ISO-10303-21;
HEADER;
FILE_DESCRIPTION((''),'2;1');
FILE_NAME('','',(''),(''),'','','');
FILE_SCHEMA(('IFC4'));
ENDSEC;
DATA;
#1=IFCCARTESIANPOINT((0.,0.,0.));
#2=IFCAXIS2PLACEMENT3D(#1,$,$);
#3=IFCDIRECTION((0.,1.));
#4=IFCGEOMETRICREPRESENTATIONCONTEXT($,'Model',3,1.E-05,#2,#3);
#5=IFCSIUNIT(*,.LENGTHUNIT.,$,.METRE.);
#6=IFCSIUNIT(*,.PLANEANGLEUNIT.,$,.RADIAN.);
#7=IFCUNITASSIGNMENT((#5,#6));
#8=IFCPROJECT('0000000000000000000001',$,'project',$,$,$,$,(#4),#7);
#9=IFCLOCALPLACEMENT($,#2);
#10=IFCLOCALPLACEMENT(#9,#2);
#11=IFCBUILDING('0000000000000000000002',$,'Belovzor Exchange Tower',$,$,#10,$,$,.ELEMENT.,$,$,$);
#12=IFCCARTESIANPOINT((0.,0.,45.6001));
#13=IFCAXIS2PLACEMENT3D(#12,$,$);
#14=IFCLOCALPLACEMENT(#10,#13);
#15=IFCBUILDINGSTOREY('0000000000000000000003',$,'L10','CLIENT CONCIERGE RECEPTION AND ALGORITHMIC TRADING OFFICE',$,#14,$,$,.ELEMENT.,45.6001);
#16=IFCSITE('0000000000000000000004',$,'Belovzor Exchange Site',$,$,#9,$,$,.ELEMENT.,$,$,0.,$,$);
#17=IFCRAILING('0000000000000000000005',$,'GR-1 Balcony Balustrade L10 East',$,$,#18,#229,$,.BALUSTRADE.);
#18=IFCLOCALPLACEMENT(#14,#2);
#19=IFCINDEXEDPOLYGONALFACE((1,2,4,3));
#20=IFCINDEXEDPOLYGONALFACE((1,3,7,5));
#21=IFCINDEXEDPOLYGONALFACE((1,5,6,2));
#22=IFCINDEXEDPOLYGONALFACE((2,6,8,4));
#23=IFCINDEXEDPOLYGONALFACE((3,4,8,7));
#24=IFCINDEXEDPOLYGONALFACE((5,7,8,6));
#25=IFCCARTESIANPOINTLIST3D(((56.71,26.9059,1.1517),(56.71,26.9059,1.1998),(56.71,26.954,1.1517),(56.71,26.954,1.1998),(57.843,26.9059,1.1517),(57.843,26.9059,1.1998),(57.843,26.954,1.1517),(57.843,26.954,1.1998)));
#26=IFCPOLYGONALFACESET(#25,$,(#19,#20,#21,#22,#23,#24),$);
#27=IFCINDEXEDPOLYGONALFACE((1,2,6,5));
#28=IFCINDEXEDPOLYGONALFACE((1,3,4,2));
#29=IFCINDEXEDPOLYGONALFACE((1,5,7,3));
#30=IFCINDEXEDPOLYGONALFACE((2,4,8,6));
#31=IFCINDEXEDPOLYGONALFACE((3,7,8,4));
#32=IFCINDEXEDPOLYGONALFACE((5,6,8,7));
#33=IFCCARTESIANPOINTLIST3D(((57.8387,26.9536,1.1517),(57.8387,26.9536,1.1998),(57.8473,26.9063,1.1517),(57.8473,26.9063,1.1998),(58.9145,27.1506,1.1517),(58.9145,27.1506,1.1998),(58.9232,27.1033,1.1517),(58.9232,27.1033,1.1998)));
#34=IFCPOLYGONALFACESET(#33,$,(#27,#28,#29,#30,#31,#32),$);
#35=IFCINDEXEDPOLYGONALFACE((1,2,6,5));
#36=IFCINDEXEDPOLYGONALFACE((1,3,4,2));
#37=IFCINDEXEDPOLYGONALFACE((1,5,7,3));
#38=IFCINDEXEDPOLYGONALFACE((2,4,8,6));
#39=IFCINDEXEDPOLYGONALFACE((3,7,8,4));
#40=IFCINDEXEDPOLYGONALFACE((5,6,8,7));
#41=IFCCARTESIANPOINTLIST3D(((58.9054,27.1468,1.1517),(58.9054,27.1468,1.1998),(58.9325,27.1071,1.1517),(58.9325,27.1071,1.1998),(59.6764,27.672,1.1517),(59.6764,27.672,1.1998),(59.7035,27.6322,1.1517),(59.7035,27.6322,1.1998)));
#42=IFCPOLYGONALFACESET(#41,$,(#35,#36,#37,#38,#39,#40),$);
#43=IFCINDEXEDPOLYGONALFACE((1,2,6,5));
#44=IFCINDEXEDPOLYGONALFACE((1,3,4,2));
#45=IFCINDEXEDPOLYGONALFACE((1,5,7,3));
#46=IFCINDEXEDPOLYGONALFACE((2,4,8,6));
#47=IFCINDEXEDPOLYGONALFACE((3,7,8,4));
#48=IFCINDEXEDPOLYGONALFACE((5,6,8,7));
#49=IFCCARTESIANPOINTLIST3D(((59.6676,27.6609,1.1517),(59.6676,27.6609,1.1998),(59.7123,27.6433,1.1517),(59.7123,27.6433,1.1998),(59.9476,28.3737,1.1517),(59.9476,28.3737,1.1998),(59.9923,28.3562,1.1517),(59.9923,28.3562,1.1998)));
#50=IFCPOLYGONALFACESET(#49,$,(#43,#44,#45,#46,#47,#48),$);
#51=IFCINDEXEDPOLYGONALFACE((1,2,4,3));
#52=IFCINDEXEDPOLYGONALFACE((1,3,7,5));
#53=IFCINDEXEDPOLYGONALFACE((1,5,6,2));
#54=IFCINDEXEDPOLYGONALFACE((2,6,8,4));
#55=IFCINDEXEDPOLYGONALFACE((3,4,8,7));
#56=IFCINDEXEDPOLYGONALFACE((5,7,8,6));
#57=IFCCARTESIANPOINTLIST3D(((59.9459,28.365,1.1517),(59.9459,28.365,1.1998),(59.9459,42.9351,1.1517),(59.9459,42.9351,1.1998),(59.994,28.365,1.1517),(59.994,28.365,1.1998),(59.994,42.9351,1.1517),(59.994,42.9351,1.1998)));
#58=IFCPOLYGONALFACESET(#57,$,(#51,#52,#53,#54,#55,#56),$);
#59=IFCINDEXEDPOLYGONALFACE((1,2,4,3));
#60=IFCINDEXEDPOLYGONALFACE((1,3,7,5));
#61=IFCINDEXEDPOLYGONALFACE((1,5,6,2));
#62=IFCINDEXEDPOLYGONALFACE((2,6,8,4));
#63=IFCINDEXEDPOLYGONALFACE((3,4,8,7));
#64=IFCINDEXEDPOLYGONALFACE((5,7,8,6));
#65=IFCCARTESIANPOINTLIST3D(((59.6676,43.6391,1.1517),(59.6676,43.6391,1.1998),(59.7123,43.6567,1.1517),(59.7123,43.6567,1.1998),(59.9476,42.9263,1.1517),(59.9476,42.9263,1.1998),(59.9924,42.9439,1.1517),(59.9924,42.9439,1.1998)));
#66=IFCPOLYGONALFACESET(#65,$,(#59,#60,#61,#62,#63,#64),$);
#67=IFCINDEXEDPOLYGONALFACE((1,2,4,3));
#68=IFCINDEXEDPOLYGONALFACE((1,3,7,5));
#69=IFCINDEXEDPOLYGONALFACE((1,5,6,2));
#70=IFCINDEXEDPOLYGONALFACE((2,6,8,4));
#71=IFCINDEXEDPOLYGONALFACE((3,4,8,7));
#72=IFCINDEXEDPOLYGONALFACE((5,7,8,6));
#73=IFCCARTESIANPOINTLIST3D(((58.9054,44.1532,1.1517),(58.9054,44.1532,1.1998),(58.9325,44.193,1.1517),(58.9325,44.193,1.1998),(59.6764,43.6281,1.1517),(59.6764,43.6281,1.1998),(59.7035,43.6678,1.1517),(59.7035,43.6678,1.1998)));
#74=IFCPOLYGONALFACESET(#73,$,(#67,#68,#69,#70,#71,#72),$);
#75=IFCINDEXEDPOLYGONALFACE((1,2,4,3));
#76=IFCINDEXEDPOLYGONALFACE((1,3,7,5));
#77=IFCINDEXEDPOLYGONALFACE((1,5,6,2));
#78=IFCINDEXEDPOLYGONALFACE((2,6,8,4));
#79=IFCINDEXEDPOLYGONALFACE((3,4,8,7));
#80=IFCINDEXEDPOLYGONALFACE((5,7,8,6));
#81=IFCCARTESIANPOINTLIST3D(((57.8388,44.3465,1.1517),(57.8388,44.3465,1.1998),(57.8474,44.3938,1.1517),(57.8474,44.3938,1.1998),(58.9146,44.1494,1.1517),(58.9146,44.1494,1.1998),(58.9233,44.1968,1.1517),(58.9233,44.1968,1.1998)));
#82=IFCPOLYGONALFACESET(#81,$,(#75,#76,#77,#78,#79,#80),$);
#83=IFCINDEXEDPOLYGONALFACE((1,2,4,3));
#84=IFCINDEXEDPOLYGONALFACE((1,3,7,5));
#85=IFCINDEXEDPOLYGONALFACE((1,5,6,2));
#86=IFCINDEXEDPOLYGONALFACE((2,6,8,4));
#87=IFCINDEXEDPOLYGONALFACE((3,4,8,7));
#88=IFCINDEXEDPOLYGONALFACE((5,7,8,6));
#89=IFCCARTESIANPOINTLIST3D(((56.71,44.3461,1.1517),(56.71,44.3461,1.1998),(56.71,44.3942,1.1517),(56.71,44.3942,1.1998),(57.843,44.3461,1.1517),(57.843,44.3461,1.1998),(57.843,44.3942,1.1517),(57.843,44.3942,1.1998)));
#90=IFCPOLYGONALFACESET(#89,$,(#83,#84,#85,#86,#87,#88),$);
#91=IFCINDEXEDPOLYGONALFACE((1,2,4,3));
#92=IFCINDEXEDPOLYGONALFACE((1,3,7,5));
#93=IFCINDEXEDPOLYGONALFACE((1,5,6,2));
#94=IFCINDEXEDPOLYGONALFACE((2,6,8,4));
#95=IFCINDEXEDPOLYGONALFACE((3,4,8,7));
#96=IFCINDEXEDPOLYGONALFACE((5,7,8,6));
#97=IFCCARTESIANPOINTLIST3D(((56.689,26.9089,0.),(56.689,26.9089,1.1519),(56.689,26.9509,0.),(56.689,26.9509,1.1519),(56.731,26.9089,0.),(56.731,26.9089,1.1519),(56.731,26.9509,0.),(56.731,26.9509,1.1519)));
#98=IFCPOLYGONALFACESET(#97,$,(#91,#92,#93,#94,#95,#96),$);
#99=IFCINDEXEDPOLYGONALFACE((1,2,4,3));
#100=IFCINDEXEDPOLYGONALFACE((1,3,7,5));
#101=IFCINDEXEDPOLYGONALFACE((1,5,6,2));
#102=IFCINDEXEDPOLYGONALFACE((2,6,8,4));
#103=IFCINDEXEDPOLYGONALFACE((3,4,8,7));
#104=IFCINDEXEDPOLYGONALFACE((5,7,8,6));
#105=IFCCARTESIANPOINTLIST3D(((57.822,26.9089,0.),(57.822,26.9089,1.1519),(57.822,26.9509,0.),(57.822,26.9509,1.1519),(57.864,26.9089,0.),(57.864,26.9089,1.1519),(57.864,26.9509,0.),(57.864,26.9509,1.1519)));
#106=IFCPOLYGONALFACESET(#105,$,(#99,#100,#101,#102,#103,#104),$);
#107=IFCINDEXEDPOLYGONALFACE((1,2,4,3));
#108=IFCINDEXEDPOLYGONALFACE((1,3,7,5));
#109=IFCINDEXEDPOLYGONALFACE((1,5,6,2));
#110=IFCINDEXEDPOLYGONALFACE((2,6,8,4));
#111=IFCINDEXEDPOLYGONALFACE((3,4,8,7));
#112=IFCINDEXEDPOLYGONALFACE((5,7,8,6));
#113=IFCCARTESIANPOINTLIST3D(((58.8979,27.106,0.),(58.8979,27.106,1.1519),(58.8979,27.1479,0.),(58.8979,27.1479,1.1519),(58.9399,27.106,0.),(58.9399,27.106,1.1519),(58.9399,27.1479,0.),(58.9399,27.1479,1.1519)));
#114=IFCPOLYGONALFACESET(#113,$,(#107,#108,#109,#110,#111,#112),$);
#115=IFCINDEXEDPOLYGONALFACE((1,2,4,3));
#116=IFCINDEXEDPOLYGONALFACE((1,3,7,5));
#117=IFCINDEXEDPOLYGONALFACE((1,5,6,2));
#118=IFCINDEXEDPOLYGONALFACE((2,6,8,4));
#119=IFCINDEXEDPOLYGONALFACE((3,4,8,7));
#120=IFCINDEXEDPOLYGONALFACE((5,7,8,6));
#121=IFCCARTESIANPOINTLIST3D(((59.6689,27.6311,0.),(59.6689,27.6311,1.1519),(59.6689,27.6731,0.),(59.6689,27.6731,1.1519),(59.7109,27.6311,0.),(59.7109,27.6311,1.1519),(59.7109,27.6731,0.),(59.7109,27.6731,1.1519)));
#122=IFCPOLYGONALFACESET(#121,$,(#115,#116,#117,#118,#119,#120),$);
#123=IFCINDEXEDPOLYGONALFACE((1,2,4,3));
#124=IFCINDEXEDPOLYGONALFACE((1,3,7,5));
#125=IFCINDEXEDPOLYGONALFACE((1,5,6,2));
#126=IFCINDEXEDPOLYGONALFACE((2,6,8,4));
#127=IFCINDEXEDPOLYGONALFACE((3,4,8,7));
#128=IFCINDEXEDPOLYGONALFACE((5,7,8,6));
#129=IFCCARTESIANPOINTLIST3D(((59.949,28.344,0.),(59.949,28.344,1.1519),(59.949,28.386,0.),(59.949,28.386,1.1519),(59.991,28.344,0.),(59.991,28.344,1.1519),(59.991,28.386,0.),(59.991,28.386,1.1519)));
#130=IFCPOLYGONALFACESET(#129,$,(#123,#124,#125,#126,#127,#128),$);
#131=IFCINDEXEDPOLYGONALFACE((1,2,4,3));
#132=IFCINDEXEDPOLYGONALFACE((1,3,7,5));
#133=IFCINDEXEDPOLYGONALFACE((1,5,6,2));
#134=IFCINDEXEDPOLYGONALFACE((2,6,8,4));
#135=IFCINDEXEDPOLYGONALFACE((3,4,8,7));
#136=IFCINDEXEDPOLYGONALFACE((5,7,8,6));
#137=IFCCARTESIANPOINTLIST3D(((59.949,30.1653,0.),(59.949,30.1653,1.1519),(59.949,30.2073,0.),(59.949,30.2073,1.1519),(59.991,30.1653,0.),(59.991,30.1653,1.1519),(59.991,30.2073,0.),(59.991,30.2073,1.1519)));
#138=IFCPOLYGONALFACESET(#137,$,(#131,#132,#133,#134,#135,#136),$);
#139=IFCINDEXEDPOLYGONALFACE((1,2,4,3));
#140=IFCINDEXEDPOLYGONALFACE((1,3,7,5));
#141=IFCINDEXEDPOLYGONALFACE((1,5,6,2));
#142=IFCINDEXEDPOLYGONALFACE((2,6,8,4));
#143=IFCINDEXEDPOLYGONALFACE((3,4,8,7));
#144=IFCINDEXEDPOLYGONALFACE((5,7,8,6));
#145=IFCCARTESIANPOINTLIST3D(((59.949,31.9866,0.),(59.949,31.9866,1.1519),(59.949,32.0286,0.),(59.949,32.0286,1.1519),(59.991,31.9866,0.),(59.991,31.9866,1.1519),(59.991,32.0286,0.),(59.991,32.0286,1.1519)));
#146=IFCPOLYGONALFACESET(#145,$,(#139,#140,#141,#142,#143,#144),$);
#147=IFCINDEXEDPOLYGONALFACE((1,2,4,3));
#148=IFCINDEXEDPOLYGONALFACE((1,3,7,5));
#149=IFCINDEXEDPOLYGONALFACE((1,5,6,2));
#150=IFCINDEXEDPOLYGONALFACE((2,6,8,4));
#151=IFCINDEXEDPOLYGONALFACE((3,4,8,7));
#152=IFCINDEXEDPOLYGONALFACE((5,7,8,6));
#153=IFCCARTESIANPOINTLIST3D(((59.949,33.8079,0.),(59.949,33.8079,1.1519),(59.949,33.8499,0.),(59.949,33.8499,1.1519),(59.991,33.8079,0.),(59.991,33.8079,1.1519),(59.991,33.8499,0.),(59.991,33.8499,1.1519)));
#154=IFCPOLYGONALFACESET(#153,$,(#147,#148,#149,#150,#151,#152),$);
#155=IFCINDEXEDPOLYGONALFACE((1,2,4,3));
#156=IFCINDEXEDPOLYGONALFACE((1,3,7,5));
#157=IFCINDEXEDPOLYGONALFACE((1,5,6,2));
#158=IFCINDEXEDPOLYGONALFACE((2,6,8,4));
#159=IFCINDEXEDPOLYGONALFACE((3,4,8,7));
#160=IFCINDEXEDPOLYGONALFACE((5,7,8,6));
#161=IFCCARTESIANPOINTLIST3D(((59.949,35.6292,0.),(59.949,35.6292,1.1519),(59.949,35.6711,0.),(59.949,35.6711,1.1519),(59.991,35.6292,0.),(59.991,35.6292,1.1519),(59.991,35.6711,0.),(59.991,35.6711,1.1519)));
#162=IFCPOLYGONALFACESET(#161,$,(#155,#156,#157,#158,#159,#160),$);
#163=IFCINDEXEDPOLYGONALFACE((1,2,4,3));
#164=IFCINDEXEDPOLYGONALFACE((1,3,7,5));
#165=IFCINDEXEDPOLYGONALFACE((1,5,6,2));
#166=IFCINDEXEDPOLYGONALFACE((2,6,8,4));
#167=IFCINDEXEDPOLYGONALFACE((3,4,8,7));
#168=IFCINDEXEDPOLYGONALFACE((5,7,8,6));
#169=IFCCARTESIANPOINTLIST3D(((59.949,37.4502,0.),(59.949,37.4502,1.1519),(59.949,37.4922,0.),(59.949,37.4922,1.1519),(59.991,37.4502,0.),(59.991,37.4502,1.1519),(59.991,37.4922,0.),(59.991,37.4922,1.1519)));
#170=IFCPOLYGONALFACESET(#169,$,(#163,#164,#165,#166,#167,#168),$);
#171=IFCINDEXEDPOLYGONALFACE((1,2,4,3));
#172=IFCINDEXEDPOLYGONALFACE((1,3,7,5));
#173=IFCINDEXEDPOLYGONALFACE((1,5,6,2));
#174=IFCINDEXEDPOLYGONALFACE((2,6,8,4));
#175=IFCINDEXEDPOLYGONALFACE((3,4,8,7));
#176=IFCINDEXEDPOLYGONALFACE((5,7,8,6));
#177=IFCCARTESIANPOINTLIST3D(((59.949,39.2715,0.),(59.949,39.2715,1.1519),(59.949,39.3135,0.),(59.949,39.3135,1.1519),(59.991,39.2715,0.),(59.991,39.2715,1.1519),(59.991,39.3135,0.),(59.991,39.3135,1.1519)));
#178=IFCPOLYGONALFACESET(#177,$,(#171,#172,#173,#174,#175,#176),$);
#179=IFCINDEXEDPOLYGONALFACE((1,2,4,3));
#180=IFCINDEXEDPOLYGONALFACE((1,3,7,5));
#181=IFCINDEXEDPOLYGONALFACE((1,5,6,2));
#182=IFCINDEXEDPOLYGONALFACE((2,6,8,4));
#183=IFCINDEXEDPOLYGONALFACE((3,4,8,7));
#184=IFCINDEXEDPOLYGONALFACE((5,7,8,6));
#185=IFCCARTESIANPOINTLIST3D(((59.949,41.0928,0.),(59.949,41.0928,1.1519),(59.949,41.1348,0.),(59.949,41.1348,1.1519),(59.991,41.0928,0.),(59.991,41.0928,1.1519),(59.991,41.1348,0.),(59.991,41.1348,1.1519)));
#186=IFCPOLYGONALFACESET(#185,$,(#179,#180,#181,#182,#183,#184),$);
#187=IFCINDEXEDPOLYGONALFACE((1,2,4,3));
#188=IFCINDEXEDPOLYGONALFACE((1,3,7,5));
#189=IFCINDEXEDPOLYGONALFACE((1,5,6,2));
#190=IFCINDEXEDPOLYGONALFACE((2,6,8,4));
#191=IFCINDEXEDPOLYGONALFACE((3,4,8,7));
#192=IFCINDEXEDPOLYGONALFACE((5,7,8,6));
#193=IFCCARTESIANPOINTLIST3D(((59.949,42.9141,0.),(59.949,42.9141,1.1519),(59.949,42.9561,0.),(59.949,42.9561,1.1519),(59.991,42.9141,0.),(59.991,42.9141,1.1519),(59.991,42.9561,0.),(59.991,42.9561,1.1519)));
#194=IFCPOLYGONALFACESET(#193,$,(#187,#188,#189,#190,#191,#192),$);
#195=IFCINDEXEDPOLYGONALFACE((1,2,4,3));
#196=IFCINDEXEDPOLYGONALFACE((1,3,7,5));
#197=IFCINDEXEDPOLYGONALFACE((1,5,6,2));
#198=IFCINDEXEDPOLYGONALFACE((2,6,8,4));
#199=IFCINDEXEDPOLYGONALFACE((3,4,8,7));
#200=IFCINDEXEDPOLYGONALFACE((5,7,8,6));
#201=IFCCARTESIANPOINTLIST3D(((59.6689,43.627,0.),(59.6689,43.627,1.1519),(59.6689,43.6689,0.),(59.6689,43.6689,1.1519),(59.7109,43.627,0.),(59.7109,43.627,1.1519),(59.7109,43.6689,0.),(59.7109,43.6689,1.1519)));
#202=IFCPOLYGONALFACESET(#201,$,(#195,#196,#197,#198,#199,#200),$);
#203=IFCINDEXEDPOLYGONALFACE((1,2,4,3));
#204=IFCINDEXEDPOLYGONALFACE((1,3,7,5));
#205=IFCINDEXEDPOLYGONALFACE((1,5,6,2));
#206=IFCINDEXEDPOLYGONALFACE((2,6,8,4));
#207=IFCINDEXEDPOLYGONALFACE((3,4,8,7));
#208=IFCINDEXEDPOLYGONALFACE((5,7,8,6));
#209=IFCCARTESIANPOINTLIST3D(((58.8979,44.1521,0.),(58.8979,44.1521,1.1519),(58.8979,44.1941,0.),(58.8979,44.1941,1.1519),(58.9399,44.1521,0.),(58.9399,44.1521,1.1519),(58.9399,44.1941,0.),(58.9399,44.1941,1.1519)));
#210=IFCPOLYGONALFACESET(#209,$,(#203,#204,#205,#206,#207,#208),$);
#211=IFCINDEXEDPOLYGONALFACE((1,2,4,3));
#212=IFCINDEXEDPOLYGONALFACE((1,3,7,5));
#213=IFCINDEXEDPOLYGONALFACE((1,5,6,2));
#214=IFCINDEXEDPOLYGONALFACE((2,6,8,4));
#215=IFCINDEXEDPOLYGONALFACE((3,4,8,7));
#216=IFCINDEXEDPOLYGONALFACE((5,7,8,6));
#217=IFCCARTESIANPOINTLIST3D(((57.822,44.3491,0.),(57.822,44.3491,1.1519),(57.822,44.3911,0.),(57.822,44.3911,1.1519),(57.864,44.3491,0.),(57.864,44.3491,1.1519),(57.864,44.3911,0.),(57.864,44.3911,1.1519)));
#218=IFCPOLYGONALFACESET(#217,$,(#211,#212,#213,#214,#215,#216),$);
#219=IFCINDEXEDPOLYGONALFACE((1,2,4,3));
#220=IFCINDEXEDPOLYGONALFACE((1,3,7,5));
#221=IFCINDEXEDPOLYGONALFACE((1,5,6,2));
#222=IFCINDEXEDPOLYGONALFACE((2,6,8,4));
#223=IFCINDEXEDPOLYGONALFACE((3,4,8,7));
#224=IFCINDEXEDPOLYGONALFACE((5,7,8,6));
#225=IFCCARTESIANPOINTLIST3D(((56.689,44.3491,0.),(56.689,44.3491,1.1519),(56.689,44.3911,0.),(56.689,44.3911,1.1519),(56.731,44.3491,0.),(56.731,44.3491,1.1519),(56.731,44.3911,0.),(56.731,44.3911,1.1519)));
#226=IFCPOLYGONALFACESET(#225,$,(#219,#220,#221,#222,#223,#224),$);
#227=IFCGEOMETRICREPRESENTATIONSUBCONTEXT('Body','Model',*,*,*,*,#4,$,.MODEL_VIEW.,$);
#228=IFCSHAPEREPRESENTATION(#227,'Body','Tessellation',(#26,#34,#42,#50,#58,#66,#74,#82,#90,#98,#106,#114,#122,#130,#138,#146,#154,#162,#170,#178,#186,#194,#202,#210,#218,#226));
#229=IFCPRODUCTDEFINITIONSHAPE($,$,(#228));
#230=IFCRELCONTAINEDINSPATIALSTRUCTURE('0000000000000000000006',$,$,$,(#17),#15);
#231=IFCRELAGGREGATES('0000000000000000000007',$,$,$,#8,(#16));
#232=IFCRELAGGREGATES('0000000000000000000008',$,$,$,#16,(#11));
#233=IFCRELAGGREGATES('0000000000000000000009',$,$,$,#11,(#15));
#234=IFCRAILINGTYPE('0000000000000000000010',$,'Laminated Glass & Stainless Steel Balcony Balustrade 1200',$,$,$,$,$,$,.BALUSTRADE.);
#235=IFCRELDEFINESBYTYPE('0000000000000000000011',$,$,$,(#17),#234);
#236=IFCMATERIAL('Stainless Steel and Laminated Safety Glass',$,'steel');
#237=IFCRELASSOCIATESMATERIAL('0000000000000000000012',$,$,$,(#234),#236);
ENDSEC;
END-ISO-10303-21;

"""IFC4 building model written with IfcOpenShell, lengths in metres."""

from ifc_helpers import new_model, si_unit, direction, frame, origin, origin_2d, place, context, subcontext, project, spatial, rectangle, extrude, material, type_object, element, save


model = new_model("IFC4")

# Units and contexts
model_context = context("Model", 3, precision=1e-05, world=origin(), true_north=direction((0.0, 1.0)))
body_context = subcontext(model_context, "Body", "Model", "MODEL_VIEW")
ifc_project = project(units=[si_unit("LENGTHUNIT", "METRE"), si_unit("PLANEANGLEUNIT", "RADIAN")], contexts=[model_context])

# Site, building, storey
site_placement = place(None, origin())
site = spatial("IfcSite", under=ifc_project, at=site_placement, Name="Belovzor Exchange Site", CompositionType="ELEMENT", RefElevation=0.0)
building_placement = place(site_placement, origin())
building = spatial("IfcBuilding", under=site, at=building_placement, Name="Belovzor Exchange Tower", CompositionType="ELEMENT")
storey_placement = place(building_placement, frame((0.0, 0.0, 45.6001)))
storey = spatial("IfcBuildingStorey", under=building, at=storey_placement, Name="L10", Description="CLIENT CONCIERGE RECEPTION AND ALGORITHMIC TRADING OFFICE", CompositionType="ELEMENT", Elevation=45.6001)

# Railing
ifc_material_1 = material(Name="Stainless Steel and Laminated Safety Glass", Category="steel")
railing_type = type_object("IfcRailingType", Name="Laminated Glass & Stainless Steel Balcony Balustrade 1200", PredefinedType="BALUSTRADE", material=ifc_material_1)
railing_placement = place(storey_placement, frame((56.71, 26.9299, 0.0)))
element("IfcRailing", 1, at=railing_placement, inside=storey, type_object=railing_type, Name="GR-1 Balcony Balustrade L10 East", PredefinedType="BALUSTRADE", context=body_context, shape_type="SweptSolid", body=[
    extrude(rectangle(XDim=0.0481, YDim=0.0481, at=origin_2d()), frame((0.0, 0.0, 1.1758), z_axis=(1.0, 0.0, 0.0), x_axis=(0.0, 1.0, 0.0)), (0.0, 0.0, 1.0), 1.1331),
    extrude(rectangle(XDim=0.0481, YDim=0.0481, at=origin_2d()), frame((1.1331, 0.0, 1.1758), z_axis=(0.983644, 0.180123, 0.0), x_axis=(-0.180123, 0.983644, 0.0)), (0.0, 0.0, 1.0), 1.0938),
    extrude(rectangle(XDim=0.0481, YDim=0.0481, at=origin_2d()), frame((2.209, 0.197, 1.1758), z_axis=(0.826493, 0.562947, 0.0), x_axis=(-0.562947, 0.826493, 0.0)), (0.0, 0.0, 1.0), 0.9329),
    extrude(rectangle(XDim=0.0481, YDim=0.0481, at=origin_2d()), frame((2.98, 0.7222, 1.1758), z_axis=(0.365613, 0.930767, 0.0), x_axis=(-0.930767, 0.365613, 0.0)), (0.0, 0.0, 1.0), 0.7659),
    extrude(rectangle(XDim=0.0481, YDim=0.0481, at=origin_2d()), frame((3.26, 1.4351, 1.1758), z_axis=(0.0, 1.0, 0.0), x_axis=(-1.0, 0.0, 0.0)), (0.0, 0.0, 1.0), 14.5701),
    extrude(rectangle(XDim=0.0481, YDim=0.0481, at=origin_2d()), frame((3.26, 16.0051, 1.1758), z_axis=(-0.365613, 0.930767, 0.0), x_axis=(-0.930767, -0.365613, 0.0)), (0.0, 0.0, 1.0), 0.7659),
    extrude(rectangle(XDim=0.0481, YDim=0.0481, at=origin_2d()), frame((2.98, 16.718, 1.1758), z_axis=(-0.826493, 0.562947, 0.0), x_axis=(-0.562947, -0.826493, 0.0)), (0.0, 0.0, 1.0), 0.9329),
    extrude(rectangle(XDim=0.0481, YDim=0.0481, at=origin_2d()), frame((2.209, 17.2432, 1.1758), z_axis=(-0.983644, 0.180123, 0.0), x_axis=(-0.180123, -0.983644, 0.0)), (0.0, 0.0, 1.0), 1.0938),
    extrude(rectangle(XDim=0.0481, YDim=0.0481, at=origin_2d()), frame((1.1331, 17.4402, 1.1758), z_axis=(-1.0, 0.0, 0.0), x_axis=(0.0, -1.0, 0.0)), (0.0, 0.0, 1.0), 1.1331),
    extrude(rectangle(XDim=0.042, YDim=0.042, at=origin_2d()), origin(), (0.0, 0.0, 1.0), 1.1519),
    extrude(rectangle(XDim=0.042, YDim=0.042, at=origin_2d()), frame((1.1331, 0.0, 0.0)), (0.0, 0.0, 1.0), 1.1519),
    extrude(rectangle(XDim=0.042, YDim=0.042, at=origin_2d()), frame((2.209, 0.197, 0.0)), (0.0, 0.0, 1.0), 1.1519),
    extrude(rectangle(XDim=0.042, YDim=0.042, at=origin_2d()), frame((2.98, 0.7222, 0.0)), (0.0, 0.0, 1.0), 1.1519),
    extrude(rectangle(XDim=0.042, YDim=0.042, at=origin_2d()), frame((3.26, 1.4351, 0.0)), (0.0, 0.0, 1.0), 1.1519),
    extrude(rectangle(XDim=0.042, YDim=0.042, at=origin_2d()), frame((3.26, 3.2563, 0.0)), (0.0, 0.0, 1.0), 1.1519),
    extrude(rectangle(XDim=0.042, YDim=0.042, at=origin_2d()), frame((3.26, 5.0776, 0.0)), (0.0, 0.0, 1.0), 1.1519),
    extrude(rectangle(XDim=0.042, YDim=0.042, at=origin_2d()), frame((3.26, 6.8989, 0.0)), (0.0, 0.0, 1.0), 1.1519),
    extrude(rectangle(XDim=0.042, YDim=0.042, at=origin_2d()), frame((3.26, 8.7202, 0.0)), (0.0, 0.0, 1.0), 1.1519),
    extrude(rectangle(XDim=0.042, YDim=0.042, at=origin_2d()), frame((3.26, 10.5413, 0.0)), (0.0, 0.0, 1.0), 1.1519),
    extrude(rectangle(XDim=0.042, YDim=0.042, at=origin_2d()), frame((3.26, 12.3625, 0.0)), (0.0, 0.0, 1.0), 1.1519),
    extrude(rectangle(XDim=0.042, YDim=0.042, at=origin_2d()), frame((3.26, 14.1838, 0.0)), (0.0, 0.0, 1.0), 1.1519),
    extrude(rectangle(XDim=0.042, YDim=0.042, at=origin_2d()), frame((3.26, 16.0051, 0.0)), (0.0, 0.0, 1.0), 1.1519),
    extrude(rectangle(XDim=0.042, YDim=0.042, at=origin_2d()), frame((2.98, 16.718, 0.0)), (0.0, 0.0, 1.0), 1.1519),
    extrude(rectangle(XDim=0.042, YDim=0.042, at=origin_2d()), frame((2.209, 17.2432, 0.0)), (0.0, 0.0, 1.0), 1.1519),
    extrude(rectangle(XDim=0.042, YDim=0.042, at=origin_2d()), frame((1.1331, 17.4402, 0.0)), (0.0, 0.0, 1.0), 1.1519),
    extrude(rectangle(XDim=0.042, YDim=0.042, at=origin_2d()), frame((0.0, 17.4402, 0.0)), (0.0, 0.0, 1.0), 1.1519),
])

save(model, "model.ifc")
